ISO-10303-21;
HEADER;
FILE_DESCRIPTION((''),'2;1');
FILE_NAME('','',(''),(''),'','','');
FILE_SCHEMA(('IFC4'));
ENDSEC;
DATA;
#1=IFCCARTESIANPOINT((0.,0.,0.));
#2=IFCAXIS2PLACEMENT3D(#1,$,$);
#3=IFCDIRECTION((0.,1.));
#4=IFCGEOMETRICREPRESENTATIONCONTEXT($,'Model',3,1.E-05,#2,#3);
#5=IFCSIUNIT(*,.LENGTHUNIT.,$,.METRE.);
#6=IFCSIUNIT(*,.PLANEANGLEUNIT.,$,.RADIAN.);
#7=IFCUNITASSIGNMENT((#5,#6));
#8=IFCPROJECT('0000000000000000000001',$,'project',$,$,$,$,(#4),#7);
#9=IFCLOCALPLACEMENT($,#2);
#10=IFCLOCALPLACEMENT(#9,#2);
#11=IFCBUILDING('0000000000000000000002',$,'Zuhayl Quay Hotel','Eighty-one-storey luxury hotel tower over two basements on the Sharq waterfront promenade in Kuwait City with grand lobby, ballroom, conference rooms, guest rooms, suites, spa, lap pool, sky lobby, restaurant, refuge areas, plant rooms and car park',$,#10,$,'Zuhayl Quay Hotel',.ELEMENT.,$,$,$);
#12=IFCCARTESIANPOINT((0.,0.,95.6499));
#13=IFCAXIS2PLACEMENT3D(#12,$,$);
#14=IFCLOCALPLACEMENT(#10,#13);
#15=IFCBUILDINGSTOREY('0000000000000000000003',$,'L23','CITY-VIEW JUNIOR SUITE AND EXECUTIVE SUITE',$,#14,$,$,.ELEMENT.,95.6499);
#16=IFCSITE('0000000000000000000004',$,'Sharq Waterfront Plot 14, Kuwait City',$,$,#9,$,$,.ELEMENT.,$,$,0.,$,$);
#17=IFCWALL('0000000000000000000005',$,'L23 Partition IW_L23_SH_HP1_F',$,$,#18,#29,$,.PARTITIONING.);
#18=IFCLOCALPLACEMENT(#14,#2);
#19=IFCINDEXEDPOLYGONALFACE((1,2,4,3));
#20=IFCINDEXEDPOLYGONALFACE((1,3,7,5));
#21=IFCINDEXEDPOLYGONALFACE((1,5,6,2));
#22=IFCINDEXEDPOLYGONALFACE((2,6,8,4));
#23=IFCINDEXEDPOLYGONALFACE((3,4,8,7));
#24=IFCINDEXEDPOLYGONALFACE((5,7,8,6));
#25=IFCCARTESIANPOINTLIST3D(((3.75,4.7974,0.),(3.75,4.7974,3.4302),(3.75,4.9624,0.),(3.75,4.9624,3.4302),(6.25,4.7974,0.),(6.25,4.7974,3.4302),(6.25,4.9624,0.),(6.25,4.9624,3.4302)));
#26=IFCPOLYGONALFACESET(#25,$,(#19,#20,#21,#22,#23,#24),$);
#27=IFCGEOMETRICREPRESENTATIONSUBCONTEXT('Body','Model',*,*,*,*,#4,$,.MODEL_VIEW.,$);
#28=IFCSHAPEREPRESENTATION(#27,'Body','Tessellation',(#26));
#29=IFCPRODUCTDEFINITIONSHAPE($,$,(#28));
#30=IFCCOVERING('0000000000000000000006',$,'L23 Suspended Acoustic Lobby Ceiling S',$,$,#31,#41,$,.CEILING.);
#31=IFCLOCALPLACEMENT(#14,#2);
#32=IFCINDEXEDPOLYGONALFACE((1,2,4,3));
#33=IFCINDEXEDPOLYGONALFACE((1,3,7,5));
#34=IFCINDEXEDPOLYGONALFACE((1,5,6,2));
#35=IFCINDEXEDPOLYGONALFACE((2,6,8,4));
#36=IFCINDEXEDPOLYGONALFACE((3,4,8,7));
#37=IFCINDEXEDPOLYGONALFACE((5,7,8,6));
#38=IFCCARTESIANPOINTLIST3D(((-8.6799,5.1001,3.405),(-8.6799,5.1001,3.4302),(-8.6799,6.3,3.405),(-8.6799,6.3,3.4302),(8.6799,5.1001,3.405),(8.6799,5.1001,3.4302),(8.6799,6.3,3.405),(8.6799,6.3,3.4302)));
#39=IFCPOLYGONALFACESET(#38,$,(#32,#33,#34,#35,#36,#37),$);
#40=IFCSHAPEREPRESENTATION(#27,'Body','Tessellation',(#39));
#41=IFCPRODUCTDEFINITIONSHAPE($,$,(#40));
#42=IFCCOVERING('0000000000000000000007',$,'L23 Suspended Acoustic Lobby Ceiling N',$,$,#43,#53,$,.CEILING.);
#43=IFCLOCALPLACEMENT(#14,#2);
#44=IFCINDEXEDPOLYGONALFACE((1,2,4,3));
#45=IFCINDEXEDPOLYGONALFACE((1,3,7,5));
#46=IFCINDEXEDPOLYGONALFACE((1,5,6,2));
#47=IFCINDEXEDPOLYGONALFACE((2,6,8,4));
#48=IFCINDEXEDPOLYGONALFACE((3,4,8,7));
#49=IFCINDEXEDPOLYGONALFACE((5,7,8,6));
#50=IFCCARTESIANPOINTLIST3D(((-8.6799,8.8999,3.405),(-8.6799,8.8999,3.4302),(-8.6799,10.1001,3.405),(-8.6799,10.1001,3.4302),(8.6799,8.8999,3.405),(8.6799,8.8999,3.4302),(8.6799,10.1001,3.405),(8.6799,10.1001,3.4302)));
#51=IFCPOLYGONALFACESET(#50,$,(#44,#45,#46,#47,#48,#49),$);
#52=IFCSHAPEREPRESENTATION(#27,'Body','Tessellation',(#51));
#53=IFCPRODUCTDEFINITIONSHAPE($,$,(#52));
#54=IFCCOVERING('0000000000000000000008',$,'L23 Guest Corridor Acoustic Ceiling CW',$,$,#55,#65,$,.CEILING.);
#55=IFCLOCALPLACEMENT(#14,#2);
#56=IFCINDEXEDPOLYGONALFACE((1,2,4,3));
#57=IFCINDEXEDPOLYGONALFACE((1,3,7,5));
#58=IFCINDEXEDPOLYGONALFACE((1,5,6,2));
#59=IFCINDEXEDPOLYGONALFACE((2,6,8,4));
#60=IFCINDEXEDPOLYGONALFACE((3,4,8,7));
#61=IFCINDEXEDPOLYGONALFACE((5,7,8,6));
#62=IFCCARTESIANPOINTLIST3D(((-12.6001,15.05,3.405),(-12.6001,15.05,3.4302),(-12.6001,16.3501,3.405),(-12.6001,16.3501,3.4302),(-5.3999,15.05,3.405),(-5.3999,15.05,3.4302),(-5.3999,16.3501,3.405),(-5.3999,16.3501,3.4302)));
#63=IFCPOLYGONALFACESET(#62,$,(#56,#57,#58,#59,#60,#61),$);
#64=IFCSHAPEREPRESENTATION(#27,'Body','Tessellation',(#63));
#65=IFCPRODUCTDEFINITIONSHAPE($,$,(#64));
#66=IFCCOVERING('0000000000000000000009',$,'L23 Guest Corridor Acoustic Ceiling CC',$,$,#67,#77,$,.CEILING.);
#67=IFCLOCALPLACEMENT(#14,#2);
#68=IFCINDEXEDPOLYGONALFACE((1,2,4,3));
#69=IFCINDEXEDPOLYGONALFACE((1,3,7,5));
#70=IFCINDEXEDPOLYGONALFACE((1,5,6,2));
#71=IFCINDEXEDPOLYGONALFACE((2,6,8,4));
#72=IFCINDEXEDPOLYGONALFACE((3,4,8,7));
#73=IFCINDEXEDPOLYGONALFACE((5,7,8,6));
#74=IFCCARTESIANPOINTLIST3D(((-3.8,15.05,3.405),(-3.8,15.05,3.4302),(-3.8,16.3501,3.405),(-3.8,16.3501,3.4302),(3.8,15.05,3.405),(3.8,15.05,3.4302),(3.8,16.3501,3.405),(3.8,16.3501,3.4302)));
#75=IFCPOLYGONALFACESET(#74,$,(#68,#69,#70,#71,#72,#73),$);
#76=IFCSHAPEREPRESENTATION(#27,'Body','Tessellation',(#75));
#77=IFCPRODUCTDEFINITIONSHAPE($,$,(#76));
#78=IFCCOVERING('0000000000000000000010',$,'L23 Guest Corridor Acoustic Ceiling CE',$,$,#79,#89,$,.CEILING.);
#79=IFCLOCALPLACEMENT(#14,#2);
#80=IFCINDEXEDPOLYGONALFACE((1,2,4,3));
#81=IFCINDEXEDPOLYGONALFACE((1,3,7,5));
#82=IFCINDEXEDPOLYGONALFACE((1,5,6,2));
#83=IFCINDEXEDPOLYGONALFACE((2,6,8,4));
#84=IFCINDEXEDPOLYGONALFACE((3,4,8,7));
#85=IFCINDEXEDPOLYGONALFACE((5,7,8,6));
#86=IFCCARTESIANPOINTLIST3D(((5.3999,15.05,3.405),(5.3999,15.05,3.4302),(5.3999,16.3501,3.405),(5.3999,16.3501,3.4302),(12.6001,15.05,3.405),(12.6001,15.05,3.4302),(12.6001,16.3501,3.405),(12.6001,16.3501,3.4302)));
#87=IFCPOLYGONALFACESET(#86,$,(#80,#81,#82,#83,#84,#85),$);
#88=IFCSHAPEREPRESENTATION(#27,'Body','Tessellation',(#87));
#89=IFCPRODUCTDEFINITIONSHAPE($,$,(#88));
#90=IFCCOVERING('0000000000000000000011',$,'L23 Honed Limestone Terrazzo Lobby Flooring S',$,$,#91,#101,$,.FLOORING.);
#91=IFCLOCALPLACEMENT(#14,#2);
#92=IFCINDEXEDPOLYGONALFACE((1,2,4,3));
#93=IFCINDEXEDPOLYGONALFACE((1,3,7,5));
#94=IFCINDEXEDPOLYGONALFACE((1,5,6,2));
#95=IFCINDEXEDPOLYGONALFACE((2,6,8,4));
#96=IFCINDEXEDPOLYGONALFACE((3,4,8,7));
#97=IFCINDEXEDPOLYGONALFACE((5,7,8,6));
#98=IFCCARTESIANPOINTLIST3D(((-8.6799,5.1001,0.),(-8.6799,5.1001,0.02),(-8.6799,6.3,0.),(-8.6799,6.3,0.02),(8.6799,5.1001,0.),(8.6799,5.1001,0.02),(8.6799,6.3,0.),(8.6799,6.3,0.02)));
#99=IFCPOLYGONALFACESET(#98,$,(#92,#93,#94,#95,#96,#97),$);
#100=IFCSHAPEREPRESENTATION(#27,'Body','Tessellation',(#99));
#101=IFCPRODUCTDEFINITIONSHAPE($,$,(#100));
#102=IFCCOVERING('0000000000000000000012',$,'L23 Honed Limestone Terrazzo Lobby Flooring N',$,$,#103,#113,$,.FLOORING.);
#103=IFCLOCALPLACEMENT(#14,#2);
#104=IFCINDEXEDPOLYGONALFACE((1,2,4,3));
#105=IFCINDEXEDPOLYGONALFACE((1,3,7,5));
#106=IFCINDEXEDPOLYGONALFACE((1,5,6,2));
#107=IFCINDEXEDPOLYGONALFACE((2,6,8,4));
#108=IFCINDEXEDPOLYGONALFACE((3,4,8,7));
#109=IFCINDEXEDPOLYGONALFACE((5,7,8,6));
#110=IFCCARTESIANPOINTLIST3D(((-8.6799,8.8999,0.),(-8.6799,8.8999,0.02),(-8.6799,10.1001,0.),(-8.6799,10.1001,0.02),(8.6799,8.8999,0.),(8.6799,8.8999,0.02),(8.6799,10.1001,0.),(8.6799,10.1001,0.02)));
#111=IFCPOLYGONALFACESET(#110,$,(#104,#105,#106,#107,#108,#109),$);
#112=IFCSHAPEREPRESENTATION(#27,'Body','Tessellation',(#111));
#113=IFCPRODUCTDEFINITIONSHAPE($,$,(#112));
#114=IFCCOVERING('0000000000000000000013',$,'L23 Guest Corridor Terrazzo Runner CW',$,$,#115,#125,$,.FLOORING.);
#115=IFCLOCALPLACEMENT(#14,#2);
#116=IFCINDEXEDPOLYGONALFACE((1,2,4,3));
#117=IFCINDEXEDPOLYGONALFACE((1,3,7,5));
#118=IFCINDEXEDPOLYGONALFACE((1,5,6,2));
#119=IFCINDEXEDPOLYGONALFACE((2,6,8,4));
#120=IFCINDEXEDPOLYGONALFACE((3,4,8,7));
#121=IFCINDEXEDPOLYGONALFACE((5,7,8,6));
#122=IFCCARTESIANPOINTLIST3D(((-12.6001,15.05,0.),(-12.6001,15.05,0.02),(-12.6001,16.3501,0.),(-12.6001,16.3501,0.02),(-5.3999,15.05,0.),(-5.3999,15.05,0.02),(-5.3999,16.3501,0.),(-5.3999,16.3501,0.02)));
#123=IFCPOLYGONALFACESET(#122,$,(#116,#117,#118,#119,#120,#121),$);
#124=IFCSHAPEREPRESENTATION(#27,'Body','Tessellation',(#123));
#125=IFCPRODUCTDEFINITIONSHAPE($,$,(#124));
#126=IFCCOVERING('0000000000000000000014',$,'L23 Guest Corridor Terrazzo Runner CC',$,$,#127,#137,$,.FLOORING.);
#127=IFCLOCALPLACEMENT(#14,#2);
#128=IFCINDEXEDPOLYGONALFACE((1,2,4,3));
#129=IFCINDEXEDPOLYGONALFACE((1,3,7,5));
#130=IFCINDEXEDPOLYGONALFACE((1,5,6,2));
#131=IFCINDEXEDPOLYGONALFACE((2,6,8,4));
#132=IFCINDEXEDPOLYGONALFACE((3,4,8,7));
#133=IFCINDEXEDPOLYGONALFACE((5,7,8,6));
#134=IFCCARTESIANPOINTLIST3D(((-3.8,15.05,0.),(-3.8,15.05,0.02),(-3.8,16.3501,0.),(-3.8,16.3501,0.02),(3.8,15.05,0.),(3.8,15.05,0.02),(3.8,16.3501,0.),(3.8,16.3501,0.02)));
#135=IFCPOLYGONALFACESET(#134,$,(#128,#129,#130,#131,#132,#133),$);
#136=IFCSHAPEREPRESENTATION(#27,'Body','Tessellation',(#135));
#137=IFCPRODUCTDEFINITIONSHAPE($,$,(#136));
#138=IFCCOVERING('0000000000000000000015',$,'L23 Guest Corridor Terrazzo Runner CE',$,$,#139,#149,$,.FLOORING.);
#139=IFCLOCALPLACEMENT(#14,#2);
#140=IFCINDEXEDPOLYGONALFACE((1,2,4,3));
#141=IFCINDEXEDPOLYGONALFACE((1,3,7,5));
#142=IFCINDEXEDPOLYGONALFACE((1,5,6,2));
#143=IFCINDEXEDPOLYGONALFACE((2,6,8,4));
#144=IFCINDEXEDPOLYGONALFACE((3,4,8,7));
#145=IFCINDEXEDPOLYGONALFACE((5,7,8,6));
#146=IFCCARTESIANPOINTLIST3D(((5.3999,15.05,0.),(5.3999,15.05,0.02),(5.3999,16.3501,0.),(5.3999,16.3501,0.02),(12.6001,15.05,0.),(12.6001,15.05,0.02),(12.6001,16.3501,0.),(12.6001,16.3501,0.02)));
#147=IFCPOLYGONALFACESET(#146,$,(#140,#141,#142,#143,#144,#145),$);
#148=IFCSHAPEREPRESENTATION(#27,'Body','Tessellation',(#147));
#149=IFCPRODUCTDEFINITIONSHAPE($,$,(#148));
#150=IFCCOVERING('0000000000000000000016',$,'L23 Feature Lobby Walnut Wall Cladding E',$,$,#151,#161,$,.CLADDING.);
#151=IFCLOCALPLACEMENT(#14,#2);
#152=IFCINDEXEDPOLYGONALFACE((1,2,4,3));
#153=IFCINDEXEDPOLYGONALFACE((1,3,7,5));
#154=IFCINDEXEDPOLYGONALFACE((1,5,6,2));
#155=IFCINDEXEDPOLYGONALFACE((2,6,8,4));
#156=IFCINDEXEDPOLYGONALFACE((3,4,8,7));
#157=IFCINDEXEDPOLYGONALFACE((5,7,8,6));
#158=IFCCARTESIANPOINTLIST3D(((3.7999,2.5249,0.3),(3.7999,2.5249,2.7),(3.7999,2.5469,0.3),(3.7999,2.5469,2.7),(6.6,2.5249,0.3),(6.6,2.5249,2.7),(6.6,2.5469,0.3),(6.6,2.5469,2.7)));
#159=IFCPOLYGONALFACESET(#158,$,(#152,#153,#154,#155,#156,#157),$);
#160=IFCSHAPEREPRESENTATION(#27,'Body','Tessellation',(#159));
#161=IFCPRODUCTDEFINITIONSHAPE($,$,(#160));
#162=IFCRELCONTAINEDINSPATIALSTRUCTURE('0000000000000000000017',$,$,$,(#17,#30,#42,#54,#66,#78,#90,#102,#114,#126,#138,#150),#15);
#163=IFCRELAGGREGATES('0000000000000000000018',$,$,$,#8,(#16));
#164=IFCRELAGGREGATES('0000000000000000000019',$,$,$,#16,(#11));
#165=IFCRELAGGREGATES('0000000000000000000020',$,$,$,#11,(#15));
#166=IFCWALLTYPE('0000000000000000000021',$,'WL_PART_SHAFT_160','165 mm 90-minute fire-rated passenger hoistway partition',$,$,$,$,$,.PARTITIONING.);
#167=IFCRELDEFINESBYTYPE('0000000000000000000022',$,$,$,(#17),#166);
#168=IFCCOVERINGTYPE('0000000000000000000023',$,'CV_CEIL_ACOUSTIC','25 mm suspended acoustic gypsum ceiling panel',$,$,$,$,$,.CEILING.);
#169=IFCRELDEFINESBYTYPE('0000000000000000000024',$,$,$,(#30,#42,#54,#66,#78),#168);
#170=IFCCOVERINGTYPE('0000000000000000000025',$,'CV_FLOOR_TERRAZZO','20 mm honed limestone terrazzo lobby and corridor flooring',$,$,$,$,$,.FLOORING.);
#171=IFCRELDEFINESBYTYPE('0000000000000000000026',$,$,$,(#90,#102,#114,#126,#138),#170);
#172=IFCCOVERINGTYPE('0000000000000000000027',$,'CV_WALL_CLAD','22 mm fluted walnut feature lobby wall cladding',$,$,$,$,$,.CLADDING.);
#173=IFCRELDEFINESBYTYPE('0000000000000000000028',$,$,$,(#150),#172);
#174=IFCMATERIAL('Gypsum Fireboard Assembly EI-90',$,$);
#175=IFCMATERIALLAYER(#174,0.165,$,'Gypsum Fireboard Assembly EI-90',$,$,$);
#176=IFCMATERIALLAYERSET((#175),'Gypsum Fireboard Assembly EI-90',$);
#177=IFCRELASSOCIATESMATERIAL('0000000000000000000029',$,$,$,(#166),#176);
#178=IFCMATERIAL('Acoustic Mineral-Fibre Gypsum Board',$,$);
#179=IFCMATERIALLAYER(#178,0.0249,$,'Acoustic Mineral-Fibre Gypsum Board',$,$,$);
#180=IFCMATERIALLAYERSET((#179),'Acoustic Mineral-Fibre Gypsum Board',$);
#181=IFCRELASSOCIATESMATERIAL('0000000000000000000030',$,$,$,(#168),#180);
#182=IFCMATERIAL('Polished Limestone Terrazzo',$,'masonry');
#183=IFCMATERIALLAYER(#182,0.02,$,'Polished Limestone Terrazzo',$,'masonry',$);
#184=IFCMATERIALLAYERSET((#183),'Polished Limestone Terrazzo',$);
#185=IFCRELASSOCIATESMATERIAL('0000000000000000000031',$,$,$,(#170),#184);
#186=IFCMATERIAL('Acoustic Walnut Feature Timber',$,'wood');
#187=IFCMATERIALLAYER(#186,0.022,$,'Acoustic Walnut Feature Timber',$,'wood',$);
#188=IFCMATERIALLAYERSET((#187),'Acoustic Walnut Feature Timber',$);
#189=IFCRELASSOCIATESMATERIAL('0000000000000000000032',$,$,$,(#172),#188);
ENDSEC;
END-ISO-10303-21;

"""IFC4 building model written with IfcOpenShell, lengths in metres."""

from ifc_helpers import new_model, si_unit, direction, frame, frame_2d, origin, origin_2d, place, context, subcontext, project, spatial, polyline, rectangle, outline, extrude, material, layer, layer_set, type_object, element, save


model = new_model("IFC4")

# Units and contexts
model_context = context("Model", 3, precision=1e-05, world=origin(), true_north=direction((0.0, 1.0)))
body_context = subcontext(model_context, "Body", "Model", "MODEL_VIEW")
ifc_project = project(units=[si_unit("LENGTHUNIT", "METRE"), si_unit("PLANEANGLEUNIT", "RADIAN")], contexts=[model_context])

# Site, building, storey
site_placement = place(None, origin())
site = spatial("IfcSite", under=ifc_project, at=site_placement, Name="Sharq Waterfront Plot 14, Kuwait City", CompositionType="ELEMENT", RefElevation=0.0)
building_placement = place(site_placement, origin())
building = spatial("IfcBuilding", under=site, at=building_placement, Name="Zuhayl Quay Hotel", Description="Eighty-one-storey luxury hotel tower over two basements on the Sharq waterfront promenade in Kuwait City with grand lobby, ballroom, conference rooms, guest rooms, suites, spa, lap pool, sky lobby, restaurant, refuge areas, plant rooms and car park", LongName="Zuhayl Quay Hotel", CompositionType="ELEMENT")
storey_placement = place(building_placement, frame((0.0, 0.0, 95.6499)))
storey = spatial("IfcBuildingStorey", under=building, at=storey_placement, Name="L23", Description="CITY-VIEW JUNIOR SUITE AND EXECUTIVE SUITE", CompositionType="ELEMENT", Elevation=95.6499)

# Wall
ifc_material_1 = material(Name="Gypsum Fireboard Assembly EI-90")
ifc_layer_1 = layer(ifc_material_1, 0.165, Name="Gypsum Fireboard Assembly EI-90")
ifc_layer_set_1 = layer_set([ifc_layer_1], Name="Gypsum Fireboard Assembly EI-90")
wall_type_1 = type_object("IfcWallType", Name="WL_PART_SHAFT_160", Description="165 mm 90-minute fire-rated passenger hoistway partition", PredefinedType="PARTITIONING", material=ifc_layer_set_1)
wall_1_placement = place(storey_placement, frame((3.75, 4.8799, 0.0), z_axis=(0.0, 0.0, 1.0), x_axis=(1.0, 0.0, 0.0)))
element("IfcWall", 1, at=wall_1_placement, inside=storey, type_object=wall_type_1, Name="L23 Partition IW_L23_SH_HP1_F", PredefinedType="PARTITIONING", context=body_context, shape_type="SweptSolid", body=[
    extrude(rectangle(XDim=2.5, YDim=0.165, at=frame_2d((1.25, 0.0))), origin(), (0.0, 0.0, 1.0), 3.4302),
])

# Coverings
ifc_material_2 = material(Name="Acoustic Mineral-Fibre Gypsum Board")
ifc_layer_2 = layer(ifc_material_2, 0.0249, Name="Acoustic Mineral-Fibre Gypsum Board")
ifc_layer_set_2 = layer_set([ifc_layer_2], Name="Acoustic Mineral-Fibre Gypsum Board")
covering_type_1 = type_object("IfcCoveringType", Name="CV_CEIL_ACOUSTIC", Description="25 mm suspended acoustic gypsum ceiling panel", PredefinedType="CEILING", material=ifc_layer_set_2)
covering_1_placement = place(storey_placement, frame((0.0, 0.0, 3.405)))
element("IfcCovering", 2, at=covering_1_placement, inside=storey, type_object=covering_type_1, Name="L23 Suspended Acoustic Lobby Ceiling S", PredefinedType="CEILING", context=body_context, shape_type="SweptSolid", body=[
    extrude(outline(polyline([(-8.6799, 5.1001), (8.6799, 5.1001), (8.6799, 6.3), (-8.6799, 6.3), (-8.6799, 5.1001)])), origin(), (0.0, 0.0, 1.0), 0.0251),
])
covering_2_placement = place(storey_placement, frame((0.0, 0.0, 3.405)))
element("IfcCovering", 3, at=covering_2_placement, inside=storey, type_object=covering_type_1, Name="L23 Suspended Acoustic Lobby Ceiling N", PredefinedType="CEILING", context=body_context, shape_type="SweptSolid", body=[
    extrude(outline(polyline([(-8.6799, 8.8999), (8.6799, 8.8999), (8.6799, 10.1001), (-8.6799, 10.1001), (-8.6799, 8.8999)])), origin(), (0.0, 0.0, 1.0), 0.0251),
])
covering_3_placement = place(storey_placement, frame((0.0, 0.0, 3.405)))
element("IfcCovering", 4, at=covering_3_placement, inside=storey, type_object=covering_type_1, Name="L23 Guest Corridor Acoustic Ceiling CW", PredefinedType="CEILING", context=body_context, shape_type="SweptSolid", body=[
    extrude(outline(polyline([(-12.6001, 15.05), (-5.3999, 15.05), (-5.3999, 16.3501), (-12.6001, 16.3501), (-12.6001, 15.05)])), origin(), (0.0, 0.0, 1.0), 0.0251),
])
covering_4_placement = place(storey_placement, frame((0.0, 0.0, 3.405)))
element("IfcCovering", 5, at=covering_4_placement, inside=storey, type_object=covering_type_1, Name="L23 Guest Corridor Acoustic Ceiling CC", PredefinedType="CEILING", context=body_context, shape_type="SweptSolid", body=[
    extrude(outline(polyline([(-3.8, 15.05), (3.8, 15.05), (3.8, 16.3501), (-3.8, 16.3501), (-3.8, 15.05)])), origin(), (0.0, 0.0, 1.0), 0.0251),
])
covering_5_placement = place(storey_placement, frame((0.0, 0.0, 3.405)))
element("IfcCovering", 6, at=covering_5_placement, inside=storey, type_object=covering_type_1, Name="L23 Guest Corridor Acoustic Ceiling CE", PredefinedType="CEILING", context=body_context, shape_type="SweptSolid", body=[
    extrude(outline(polyline([(5.3999, 15.05), (12.6001, 15.05), (12.6001, 16.3501), (5.3999, 16.3501), (5.3999, 15.05)])), origin(), (0.0, 0.0, 1.0), 0.0251),
])
ifc_material_3 = material(Name="Polished Limestone Terrazzo", Category="masonry")
ifc_layer_3 = layer(ifc_material_3, 0.02, Name="Polished Limestone Terrazzo", Category="masonry")
ifc_layer_set_3 = layer_set([ifc_layer_3], Name="Polished Limestone Terrazzo")
covering_type_2 = type_object("IfcCoveringType", Name="CV_FLOOR_TERRAZZO", Description="20 mm honed limestone terrazzo lobby and corridor flooring", PredefinedType="FLOORING", material=ifc_layer_set_3)
covering_6_placement = place(storey_placement, origin())
element("IfcCovering", 7, at=covering_6_placement, inside=storey, type_object=covering_type_2, Name="L23 Honed Limestone Terrazzo Lobby Flooring S", PredefinedType="FLOORING", context=body_context, shape_type="SweptSolid", body=[
    extrude(outline(polyline([(-8.6799, 5.1001), (8.6799, 5.1001), (8.6799, 6.3), (-8.6799, 6.3), (-8.6799, 5.1001)])), origin(), (0.0, 0.0, 1.0), 0.02),
])
covering_7_placement = place(storey_placement, origin())
element("IfcCovering", 8, at=covering_7_placement, inside=storey, type_object=covering_type_2, Name="L23 Honed Limestone Terrazzo Lobby Flooring N", PredefinedType="FLOORING", context=body_context, shape_type="SweptSolid", body=[
    extrude(outline(polyline([(-8.6799, 8.8999), (8.6799, 8.8999), (8.6799, 10.1001), (-8.6799, 10.1001), (-8.6799, 8.8999)])), origin(), (0.0, 0.0, 1.0), 0.02),
])
covering_8_placement = place(storey_placement, origin())
element("IfcCovering", 9, at=covering_8_placement, inside=storey, type_object=covering_type_2, Name="L23 Guest Corridor Terrazzo Runner CW", PredefinedType="FLOORING", context=body_context, shape_type="SweptSolid", body=[
    extrude(outline(polyline([(-12.6001, 15.05), (-5.3999, 15.05), (-5.3999, 16.3501), (-12.6001, 16.3501), (-12.6001, 15.05)])), origin(), (0.0, 0.0, 1.0), 0.02),
])
covering_9_placement = place(storey_placement, origin())
element("IfcCovering", 10, at=covering_9_placement, inside=storey, type_object=covering_type_2, Name="L23 Guest Corridor Terrazzo Runner CC", PredefinedType="FLOORING", context=body_context, shape_type="SweptSolid", body=[
    extrude(outline(polyline([(-3.8, 15.05), (3.8, 15.05), (3.8, 16.3501), (-3.8, 16.3501), (-3.8, 15.05)])), origin(), (0.0, 0.0, 1.0), 0.02),
])
covering_10_placement = place(storey_placement, origin())
element("IfcCovering", 11, at=covering_10_placement, inside=storey, type_object=covering_type_2, Name="L23 Guest Corridor Terrazzo Runner CE", PredefinedType="FLOORING", context=body_context, shape_type="SweptSolid", body=[
    extrude(outline(polyline([(5.3999, 15.05), (12.6001, 15.05), (12.6001, 16.3501), (5.3999, 16.3501), (5.3999, 15.05)])), origin(), (0.0, 0.0, 1.0), 0.02),
])
ifc_material_4 = material(Name="Acoustic Walnut Feature Timber", Category="wood")
ifc_layer_4 = layer(ifc_material_4, 0.022, Name="Acoustic Walnut Feature Timber", Category="wood")
ifc_layer_set_4 = layer_set([ifc_layer_4], Name="Acoustic Walnut Feature Timber")
covering_type_3 = type_object("IfcCoveringType", Name="CV_WALL_CLAD", Description="22 mm fluted walnut feature lobby wall cladding", PredefinedType="CLADDING", material=ifc_layer_set_4)
covering_11_placement = place(storey_placement, frame((5.2, 2.5359, 0.3), z_axis=(0.0, 0.0, 1.0), x_axis=(1.0, 0.0, 0.0)))
element("IfcCovering", 12, at=covering_11_placement, inside=storey, type_object=covering_type_3, Name="L23 Feature Lobby Walnut Wall Cladding E", PredefinedType="CLADDING", context=body_context, shape_type="SweptSolid", body=[
    extrude(rectangle(XDim=2.8, YDim=0.022, at=origin_2d()), origin(), (0.0, 0.0, 1.0), 2.3999),
])

save(model, "model.ifc")
